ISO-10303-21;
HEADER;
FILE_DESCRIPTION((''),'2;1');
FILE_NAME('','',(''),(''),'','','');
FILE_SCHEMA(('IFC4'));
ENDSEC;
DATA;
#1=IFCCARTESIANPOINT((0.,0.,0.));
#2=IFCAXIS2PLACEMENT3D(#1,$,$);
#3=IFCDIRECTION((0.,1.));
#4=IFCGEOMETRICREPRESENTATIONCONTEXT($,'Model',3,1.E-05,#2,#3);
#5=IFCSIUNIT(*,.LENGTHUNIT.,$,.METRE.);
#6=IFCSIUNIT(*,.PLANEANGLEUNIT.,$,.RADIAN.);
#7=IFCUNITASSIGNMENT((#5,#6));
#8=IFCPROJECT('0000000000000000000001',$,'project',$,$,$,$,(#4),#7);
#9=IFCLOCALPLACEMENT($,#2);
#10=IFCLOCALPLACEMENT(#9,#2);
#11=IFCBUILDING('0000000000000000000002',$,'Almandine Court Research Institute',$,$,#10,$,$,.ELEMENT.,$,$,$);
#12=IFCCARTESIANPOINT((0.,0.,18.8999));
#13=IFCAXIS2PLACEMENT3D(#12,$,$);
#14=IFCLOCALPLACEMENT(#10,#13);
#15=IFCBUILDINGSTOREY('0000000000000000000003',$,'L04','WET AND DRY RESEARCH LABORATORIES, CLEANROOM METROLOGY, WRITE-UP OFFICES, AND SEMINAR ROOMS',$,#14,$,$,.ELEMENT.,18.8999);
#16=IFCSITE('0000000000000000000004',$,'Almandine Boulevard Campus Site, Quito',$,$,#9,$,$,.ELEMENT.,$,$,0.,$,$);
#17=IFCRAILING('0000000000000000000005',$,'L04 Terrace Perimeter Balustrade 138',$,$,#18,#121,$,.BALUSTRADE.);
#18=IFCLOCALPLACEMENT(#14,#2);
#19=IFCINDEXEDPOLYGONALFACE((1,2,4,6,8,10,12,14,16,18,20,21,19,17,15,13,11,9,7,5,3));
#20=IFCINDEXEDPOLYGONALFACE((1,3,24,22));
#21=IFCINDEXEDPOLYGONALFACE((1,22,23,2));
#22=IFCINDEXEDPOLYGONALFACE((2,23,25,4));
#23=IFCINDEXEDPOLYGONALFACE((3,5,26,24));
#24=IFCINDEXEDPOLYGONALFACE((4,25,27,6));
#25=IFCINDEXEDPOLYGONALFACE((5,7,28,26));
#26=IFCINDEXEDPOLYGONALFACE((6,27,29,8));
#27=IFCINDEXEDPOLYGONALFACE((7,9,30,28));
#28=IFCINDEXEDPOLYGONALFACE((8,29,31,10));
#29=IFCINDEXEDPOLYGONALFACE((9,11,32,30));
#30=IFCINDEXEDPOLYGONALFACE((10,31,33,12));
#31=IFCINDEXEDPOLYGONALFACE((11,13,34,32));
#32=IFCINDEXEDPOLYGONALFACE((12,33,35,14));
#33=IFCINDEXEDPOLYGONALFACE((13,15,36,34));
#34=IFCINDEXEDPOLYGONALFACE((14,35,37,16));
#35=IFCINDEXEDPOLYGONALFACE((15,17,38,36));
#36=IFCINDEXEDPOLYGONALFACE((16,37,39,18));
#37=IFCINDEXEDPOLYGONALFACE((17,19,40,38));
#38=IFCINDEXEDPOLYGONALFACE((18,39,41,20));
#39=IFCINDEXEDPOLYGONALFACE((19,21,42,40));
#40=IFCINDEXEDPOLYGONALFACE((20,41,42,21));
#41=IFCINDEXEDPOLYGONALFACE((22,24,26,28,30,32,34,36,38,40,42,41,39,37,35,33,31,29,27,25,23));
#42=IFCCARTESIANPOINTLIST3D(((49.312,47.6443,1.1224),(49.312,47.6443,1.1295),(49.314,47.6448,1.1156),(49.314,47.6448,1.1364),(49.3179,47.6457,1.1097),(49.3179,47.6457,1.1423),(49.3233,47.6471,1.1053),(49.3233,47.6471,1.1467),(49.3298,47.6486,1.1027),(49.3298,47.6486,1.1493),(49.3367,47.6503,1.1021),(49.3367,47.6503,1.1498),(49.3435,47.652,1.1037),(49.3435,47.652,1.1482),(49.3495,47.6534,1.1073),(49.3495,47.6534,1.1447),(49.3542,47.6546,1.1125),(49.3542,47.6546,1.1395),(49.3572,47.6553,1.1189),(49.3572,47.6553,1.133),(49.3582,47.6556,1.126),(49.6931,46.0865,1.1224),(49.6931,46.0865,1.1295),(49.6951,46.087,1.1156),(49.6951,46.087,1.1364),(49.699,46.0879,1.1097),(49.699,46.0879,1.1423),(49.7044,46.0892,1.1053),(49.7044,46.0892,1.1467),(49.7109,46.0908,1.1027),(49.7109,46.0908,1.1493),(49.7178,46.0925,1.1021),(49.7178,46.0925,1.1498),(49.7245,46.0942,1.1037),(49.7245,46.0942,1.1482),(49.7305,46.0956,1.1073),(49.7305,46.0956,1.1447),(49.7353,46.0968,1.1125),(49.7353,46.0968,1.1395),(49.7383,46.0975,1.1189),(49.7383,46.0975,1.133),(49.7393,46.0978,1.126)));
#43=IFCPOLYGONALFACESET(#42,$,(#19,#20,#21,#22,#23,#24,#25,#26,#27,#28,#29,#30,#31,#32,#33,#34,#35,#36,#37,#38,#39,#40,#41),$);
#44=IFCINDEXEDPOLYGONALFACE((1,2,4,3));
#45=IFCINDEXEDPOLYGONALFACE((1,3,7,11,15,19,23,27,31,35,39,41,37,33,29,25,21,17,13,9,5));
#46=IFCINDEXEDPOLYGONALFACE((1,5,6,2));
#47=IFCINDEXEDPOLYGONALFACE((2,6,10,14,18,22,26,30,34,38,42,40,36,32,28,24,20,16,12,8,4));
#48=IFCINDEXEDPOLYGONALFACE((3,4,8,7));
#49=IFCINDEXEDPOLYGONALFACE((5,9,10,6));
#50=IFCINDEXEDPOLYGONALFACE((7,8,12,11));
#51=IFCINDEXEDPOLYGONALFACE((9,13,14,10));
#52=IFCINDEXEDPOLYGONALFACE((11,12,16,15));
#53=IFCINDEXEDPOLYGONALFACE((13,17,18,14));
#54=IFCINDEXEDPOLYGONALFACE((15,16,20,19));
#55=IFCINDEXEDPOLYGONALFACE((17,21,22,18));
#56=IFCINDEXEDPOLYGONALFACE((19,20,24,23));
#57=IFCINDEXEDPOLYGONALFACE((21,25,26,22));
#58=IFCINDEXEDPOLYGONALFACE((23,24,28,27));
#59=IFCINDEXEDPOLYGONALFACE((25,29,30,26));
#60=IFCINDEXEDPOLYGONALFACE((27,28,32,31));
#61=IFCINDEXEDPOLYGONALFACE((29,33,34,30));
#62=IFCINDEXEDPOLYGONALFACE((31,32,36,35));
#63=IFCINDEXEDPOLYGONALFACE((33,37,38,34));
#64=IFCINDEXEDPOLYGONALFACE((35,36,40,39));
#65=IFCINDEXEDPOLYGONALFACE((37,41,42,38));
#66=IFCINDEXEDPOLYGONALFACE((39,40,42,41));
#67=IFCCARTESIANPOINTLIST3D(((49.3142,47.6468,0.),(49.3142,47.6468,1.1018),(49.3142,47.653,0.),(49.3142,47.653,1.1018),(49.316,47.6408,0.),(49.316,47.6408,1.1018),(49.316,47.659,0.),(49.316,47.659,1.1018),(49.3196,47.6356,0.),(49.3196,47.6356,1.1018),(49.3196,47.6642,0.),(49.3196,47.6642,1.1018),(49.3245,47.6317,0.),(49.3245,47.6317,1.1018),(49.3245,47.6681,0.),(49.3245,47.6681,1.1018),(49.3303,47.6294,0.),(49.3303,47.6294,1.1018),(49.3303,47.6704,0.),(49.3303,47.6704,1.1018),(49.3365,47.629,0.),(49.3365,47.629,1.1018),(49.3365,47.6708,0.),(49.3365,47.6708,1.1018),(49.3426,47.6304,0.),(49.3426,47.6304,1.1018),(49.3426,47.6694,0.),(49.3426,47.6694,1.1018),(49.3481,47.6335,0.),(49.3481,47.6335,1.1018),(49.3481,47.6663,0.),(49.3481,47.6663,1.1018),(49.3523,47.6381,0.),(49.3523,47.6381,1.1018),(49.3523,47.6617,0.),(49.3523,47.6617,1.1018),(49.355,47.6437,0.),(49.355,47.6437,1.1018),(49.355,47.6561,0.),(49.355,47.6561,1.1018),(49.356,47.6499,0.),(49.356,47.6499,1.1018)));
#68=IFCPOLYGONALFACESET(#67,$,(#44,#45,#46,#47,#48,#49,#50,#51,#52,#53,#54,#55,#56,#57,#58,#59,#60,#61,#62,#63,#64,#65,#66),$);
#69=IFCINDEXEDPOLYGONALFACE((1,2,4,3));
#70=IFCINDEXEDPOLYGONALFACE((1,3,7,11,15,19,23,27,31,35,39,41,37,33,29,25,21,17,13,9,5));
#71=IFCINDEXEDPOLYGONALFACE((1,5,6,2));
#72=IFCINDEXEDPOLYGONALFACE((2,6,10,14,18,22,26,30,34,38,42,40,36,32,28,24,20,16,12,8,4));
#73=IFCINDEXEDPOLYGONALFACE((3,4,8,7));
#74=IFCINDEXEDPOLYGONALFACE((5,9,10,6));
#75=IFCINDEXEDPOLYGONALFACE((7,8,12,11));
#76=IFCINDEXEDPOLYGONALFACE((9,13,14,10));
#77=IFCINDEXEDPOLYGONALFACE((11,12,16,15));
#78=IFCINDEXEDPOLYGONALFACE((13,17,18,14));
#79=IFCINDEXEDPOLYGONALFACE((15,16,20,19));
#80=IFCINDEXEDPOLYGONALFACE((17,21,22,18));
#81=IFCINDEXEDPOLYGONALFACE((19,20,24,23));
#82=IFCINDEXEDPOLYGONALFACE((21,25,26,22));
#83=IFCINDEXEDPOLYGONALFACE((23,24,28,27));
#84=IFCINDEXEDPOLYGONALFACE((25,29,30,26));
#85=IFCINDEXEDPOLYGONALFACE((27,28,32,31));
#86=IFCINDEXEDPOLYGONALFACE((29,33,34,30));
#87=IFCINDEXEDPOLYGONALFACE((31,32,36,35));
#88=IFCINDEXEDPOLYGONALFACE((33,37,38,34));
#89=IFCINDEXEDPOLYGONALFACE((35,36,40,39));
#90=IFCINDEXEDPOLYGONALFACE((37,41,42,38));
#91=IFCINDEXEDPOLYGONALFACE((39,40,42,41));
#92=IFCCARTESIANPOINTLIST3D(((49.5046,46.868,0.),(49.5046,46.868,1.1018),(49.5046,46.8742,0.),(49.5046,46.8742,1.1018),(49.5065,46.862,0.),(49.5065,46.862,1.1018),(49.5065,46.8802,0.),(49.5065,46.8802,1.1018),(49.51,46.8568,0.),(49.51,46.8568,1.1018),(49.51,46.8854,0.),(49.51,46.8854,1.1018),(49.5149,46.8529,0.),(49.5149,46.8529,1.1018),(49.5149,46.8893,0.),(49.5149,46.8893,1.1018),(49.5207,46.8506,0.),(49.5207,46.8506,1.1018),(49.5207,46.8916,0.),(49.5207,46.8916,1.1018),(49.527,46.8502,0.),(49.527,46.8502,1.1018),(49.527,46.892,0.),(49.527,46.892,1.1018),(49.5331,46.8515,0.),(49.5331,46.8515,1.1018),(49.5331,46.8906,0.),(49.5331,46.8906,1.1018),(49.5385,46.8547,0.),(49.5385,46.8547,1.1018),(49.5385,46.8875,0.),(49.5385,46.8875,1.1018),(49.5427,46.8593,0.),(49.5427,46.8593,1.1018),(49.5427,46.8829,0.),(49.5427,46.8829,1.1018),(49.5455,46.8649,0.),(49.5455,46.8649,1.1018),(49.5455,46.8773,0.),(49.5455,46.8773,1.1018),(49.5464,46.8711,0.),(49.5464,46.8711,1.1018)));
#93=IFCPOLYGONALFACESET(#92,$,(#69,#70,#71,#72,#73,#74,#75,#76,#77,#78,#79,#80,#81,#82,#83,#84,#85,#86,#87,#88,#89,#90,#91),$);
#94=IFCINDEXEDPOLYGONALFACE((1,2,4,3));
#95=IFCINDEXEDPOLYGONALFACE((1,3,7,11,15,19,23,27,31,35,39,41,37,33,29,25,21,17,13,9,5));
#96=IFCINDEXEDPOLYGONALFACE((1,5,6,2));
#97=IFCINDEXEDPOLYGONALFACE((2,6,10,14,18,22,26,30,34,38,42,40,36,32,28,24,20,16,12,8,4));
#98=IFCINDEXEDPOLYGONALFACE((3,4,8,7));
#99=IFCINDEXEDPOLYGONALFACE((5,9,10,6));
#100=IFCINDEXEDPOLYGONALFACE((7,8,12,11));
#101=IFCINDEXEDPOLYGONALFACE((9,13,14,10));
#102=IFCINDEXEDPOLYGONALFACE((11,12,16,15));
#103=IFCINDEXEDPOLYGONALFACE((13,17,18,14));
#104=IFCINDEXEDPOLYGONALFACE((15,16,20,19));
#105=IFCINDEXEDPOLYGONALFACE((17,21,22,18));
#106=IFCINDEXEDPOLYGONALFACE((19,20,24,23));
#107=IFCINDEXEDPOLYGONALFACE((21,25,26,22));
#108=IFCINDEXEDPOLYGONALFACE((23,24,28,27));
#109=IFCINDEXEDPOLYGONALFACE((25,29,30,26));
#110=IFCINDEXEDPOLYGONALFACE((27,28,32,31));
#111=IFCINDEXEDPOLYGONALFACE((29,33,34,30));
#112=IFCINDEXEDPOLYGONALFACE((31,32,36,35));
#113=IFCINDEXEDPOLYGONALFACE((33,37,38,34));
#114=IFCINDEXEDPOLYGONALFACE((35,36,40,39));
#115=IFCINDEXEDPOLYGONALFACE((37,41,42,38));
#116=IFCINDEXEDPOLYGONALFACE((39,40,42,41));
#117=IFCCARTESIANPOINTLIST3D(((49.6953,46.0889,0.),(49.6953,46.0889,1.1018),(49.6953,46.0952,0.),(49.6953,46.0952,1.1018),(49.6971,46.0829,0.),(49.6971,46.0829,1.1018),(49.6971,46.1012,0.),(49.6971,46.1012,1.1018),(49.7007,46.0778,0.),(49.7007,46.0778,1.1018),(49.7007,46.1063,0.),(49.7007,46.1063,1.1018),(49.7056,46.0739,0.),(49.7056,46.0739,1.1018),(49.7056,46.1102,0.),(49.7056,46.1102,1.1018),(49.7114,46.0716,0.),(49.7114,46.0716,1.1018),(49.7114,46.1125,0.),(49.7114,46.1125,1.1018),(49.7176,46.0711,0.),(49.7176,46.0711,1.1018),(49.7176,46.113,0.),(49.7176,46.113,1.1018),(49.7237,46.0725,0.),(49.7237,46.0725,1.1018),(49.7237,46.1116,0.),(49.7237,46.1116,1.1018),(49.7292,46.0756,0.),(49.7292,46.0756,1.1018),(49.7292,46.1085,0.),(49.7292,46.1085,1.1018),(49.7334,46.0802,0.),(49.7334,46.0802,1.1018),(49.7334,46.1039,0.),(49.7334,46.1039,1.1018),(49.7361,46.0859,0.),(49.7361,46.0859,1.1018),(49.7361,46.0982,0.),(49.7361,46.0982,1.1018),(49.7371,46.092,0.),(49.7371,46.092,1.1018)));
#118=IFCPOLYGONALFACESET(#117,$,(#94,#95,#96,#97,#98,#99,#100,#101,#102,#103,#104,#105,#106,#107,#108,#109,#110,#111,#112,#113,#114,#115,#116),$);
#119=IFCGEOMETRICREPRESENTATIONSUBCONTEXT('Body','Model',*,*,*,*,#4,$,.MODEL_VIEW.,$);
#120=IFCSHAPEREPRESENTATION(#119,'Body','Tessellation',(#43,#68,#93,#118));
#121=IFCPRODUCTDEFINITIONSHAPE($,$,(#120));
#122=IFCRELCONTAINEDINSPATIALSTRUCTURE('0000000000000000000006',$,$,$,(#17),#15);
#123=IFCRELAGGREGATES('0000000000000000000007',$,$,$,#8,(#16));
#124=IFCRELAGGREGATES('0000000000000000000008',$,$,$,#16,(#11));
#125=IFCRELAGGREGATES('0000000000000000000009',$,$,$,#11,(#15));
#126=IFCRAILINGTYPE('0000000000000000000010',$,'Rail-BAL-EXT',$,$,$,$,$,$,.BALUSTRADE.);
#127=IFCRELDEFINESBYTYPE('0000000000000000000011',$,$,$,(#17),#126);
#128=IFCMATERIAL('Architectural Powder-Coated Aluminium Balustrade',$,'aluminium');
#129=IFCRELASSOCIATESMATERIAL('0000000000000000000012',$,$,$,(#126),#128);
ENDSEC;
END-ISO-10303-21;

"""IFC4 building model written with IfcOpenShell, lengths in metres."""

from ifc_helpers import new_model, si_unit, direction, frame, origin, origin_2d, place, context, subcontext, project, spatial, circle, extrude, material, type_object, element, save


model = new_model("IFC4")

# Units and contexts
model_context = context("Model", 3, precision=1e-05, world=origin(), true_north=direction((0.0, 1.0)))
body_context = subcontext(model_context, "Body", "Model", "MODEL_VIEW")
ifc_project = project(units=[si_unit("LENGTHUNIT", "METRE"), si_unit("PLANEANGLEUNIT", "RADIAN")], contexts=[model_context])

# Site, building, storey
site_placement = place(None, origin())
site = spatial("IfcSite", under=ifc_project, at=site_placement, Name="Almandine Boulevard Campus Site, Quito", CompositionType="ELEMENT", RefElevation=0.0)
building_placement = place(site_placement, origin())
building = spatial("IfcBuilding", under=site, at=building_placement, Name="Almandine Court Research Institute", CompositionType="ELEMENT")
storey_placement = place(building_placement, frame((0.0, 0.0, 18.8999)))
storey = spatial("IfcBuildingStorey", under=building, at=storey_placement, Name="L04", Description="WET AND DRY RESEARCH LABORATORIES, CLEANROOM METROLOGY, WRITE-UP OFFICES, AND SEMINAR ROOMS", CompositionType="ELEMENT", Elevation=18.8999)

# Railing
ifc_material_1 = material(Name="Architectural Powder-Coated Aluminium Balustrade", Category="aluminium")
railing_type = type_object("IfcRailingType", Name="Rail-BAL-EXT", PredefinedType="BALUSTRADE", material=ifc_material_1)
railing_1_placement = place(storey_placement, frame((49.335, 47.6499, 0.0)))
element("IfcRailing", 1, at=railing_1_placement, inside=storey, type_object=railing_type, Name="L04 Terrace Perimeter Balustrade 138", PredefinedType="BALUSTRADE", context=body_context, shape_type="SweptSolid", body=[
    extrude(circle(Radius=0.0239, at=origin_2d()), frame((0.0, 0.0, 1.126), z_axis=(0.237625, -0.971357, 0.0), x_axis=(0.971357, 0.237625, 0.0)), (0.0, 0.0, 1.0), 1.6038),
    extrude(circle(Radius=0.021, at=origin_2d()), origin(), (0.0, 0.0, 1.0), 1.1018),
    extrude(circle(Radius=0.021, at=origin_2d()), frame((0.1904, -0.7788, 0.0)), (0.0, 0.0, 1.0), 1.1018),
    extrude(circle(Radius=0.021, at=origin_2d()), frame((0.3811, -1.5579, 0.0)), (0.0, 0.0, 1.0), 1.1018),
])

save(model, "model.ifc")
